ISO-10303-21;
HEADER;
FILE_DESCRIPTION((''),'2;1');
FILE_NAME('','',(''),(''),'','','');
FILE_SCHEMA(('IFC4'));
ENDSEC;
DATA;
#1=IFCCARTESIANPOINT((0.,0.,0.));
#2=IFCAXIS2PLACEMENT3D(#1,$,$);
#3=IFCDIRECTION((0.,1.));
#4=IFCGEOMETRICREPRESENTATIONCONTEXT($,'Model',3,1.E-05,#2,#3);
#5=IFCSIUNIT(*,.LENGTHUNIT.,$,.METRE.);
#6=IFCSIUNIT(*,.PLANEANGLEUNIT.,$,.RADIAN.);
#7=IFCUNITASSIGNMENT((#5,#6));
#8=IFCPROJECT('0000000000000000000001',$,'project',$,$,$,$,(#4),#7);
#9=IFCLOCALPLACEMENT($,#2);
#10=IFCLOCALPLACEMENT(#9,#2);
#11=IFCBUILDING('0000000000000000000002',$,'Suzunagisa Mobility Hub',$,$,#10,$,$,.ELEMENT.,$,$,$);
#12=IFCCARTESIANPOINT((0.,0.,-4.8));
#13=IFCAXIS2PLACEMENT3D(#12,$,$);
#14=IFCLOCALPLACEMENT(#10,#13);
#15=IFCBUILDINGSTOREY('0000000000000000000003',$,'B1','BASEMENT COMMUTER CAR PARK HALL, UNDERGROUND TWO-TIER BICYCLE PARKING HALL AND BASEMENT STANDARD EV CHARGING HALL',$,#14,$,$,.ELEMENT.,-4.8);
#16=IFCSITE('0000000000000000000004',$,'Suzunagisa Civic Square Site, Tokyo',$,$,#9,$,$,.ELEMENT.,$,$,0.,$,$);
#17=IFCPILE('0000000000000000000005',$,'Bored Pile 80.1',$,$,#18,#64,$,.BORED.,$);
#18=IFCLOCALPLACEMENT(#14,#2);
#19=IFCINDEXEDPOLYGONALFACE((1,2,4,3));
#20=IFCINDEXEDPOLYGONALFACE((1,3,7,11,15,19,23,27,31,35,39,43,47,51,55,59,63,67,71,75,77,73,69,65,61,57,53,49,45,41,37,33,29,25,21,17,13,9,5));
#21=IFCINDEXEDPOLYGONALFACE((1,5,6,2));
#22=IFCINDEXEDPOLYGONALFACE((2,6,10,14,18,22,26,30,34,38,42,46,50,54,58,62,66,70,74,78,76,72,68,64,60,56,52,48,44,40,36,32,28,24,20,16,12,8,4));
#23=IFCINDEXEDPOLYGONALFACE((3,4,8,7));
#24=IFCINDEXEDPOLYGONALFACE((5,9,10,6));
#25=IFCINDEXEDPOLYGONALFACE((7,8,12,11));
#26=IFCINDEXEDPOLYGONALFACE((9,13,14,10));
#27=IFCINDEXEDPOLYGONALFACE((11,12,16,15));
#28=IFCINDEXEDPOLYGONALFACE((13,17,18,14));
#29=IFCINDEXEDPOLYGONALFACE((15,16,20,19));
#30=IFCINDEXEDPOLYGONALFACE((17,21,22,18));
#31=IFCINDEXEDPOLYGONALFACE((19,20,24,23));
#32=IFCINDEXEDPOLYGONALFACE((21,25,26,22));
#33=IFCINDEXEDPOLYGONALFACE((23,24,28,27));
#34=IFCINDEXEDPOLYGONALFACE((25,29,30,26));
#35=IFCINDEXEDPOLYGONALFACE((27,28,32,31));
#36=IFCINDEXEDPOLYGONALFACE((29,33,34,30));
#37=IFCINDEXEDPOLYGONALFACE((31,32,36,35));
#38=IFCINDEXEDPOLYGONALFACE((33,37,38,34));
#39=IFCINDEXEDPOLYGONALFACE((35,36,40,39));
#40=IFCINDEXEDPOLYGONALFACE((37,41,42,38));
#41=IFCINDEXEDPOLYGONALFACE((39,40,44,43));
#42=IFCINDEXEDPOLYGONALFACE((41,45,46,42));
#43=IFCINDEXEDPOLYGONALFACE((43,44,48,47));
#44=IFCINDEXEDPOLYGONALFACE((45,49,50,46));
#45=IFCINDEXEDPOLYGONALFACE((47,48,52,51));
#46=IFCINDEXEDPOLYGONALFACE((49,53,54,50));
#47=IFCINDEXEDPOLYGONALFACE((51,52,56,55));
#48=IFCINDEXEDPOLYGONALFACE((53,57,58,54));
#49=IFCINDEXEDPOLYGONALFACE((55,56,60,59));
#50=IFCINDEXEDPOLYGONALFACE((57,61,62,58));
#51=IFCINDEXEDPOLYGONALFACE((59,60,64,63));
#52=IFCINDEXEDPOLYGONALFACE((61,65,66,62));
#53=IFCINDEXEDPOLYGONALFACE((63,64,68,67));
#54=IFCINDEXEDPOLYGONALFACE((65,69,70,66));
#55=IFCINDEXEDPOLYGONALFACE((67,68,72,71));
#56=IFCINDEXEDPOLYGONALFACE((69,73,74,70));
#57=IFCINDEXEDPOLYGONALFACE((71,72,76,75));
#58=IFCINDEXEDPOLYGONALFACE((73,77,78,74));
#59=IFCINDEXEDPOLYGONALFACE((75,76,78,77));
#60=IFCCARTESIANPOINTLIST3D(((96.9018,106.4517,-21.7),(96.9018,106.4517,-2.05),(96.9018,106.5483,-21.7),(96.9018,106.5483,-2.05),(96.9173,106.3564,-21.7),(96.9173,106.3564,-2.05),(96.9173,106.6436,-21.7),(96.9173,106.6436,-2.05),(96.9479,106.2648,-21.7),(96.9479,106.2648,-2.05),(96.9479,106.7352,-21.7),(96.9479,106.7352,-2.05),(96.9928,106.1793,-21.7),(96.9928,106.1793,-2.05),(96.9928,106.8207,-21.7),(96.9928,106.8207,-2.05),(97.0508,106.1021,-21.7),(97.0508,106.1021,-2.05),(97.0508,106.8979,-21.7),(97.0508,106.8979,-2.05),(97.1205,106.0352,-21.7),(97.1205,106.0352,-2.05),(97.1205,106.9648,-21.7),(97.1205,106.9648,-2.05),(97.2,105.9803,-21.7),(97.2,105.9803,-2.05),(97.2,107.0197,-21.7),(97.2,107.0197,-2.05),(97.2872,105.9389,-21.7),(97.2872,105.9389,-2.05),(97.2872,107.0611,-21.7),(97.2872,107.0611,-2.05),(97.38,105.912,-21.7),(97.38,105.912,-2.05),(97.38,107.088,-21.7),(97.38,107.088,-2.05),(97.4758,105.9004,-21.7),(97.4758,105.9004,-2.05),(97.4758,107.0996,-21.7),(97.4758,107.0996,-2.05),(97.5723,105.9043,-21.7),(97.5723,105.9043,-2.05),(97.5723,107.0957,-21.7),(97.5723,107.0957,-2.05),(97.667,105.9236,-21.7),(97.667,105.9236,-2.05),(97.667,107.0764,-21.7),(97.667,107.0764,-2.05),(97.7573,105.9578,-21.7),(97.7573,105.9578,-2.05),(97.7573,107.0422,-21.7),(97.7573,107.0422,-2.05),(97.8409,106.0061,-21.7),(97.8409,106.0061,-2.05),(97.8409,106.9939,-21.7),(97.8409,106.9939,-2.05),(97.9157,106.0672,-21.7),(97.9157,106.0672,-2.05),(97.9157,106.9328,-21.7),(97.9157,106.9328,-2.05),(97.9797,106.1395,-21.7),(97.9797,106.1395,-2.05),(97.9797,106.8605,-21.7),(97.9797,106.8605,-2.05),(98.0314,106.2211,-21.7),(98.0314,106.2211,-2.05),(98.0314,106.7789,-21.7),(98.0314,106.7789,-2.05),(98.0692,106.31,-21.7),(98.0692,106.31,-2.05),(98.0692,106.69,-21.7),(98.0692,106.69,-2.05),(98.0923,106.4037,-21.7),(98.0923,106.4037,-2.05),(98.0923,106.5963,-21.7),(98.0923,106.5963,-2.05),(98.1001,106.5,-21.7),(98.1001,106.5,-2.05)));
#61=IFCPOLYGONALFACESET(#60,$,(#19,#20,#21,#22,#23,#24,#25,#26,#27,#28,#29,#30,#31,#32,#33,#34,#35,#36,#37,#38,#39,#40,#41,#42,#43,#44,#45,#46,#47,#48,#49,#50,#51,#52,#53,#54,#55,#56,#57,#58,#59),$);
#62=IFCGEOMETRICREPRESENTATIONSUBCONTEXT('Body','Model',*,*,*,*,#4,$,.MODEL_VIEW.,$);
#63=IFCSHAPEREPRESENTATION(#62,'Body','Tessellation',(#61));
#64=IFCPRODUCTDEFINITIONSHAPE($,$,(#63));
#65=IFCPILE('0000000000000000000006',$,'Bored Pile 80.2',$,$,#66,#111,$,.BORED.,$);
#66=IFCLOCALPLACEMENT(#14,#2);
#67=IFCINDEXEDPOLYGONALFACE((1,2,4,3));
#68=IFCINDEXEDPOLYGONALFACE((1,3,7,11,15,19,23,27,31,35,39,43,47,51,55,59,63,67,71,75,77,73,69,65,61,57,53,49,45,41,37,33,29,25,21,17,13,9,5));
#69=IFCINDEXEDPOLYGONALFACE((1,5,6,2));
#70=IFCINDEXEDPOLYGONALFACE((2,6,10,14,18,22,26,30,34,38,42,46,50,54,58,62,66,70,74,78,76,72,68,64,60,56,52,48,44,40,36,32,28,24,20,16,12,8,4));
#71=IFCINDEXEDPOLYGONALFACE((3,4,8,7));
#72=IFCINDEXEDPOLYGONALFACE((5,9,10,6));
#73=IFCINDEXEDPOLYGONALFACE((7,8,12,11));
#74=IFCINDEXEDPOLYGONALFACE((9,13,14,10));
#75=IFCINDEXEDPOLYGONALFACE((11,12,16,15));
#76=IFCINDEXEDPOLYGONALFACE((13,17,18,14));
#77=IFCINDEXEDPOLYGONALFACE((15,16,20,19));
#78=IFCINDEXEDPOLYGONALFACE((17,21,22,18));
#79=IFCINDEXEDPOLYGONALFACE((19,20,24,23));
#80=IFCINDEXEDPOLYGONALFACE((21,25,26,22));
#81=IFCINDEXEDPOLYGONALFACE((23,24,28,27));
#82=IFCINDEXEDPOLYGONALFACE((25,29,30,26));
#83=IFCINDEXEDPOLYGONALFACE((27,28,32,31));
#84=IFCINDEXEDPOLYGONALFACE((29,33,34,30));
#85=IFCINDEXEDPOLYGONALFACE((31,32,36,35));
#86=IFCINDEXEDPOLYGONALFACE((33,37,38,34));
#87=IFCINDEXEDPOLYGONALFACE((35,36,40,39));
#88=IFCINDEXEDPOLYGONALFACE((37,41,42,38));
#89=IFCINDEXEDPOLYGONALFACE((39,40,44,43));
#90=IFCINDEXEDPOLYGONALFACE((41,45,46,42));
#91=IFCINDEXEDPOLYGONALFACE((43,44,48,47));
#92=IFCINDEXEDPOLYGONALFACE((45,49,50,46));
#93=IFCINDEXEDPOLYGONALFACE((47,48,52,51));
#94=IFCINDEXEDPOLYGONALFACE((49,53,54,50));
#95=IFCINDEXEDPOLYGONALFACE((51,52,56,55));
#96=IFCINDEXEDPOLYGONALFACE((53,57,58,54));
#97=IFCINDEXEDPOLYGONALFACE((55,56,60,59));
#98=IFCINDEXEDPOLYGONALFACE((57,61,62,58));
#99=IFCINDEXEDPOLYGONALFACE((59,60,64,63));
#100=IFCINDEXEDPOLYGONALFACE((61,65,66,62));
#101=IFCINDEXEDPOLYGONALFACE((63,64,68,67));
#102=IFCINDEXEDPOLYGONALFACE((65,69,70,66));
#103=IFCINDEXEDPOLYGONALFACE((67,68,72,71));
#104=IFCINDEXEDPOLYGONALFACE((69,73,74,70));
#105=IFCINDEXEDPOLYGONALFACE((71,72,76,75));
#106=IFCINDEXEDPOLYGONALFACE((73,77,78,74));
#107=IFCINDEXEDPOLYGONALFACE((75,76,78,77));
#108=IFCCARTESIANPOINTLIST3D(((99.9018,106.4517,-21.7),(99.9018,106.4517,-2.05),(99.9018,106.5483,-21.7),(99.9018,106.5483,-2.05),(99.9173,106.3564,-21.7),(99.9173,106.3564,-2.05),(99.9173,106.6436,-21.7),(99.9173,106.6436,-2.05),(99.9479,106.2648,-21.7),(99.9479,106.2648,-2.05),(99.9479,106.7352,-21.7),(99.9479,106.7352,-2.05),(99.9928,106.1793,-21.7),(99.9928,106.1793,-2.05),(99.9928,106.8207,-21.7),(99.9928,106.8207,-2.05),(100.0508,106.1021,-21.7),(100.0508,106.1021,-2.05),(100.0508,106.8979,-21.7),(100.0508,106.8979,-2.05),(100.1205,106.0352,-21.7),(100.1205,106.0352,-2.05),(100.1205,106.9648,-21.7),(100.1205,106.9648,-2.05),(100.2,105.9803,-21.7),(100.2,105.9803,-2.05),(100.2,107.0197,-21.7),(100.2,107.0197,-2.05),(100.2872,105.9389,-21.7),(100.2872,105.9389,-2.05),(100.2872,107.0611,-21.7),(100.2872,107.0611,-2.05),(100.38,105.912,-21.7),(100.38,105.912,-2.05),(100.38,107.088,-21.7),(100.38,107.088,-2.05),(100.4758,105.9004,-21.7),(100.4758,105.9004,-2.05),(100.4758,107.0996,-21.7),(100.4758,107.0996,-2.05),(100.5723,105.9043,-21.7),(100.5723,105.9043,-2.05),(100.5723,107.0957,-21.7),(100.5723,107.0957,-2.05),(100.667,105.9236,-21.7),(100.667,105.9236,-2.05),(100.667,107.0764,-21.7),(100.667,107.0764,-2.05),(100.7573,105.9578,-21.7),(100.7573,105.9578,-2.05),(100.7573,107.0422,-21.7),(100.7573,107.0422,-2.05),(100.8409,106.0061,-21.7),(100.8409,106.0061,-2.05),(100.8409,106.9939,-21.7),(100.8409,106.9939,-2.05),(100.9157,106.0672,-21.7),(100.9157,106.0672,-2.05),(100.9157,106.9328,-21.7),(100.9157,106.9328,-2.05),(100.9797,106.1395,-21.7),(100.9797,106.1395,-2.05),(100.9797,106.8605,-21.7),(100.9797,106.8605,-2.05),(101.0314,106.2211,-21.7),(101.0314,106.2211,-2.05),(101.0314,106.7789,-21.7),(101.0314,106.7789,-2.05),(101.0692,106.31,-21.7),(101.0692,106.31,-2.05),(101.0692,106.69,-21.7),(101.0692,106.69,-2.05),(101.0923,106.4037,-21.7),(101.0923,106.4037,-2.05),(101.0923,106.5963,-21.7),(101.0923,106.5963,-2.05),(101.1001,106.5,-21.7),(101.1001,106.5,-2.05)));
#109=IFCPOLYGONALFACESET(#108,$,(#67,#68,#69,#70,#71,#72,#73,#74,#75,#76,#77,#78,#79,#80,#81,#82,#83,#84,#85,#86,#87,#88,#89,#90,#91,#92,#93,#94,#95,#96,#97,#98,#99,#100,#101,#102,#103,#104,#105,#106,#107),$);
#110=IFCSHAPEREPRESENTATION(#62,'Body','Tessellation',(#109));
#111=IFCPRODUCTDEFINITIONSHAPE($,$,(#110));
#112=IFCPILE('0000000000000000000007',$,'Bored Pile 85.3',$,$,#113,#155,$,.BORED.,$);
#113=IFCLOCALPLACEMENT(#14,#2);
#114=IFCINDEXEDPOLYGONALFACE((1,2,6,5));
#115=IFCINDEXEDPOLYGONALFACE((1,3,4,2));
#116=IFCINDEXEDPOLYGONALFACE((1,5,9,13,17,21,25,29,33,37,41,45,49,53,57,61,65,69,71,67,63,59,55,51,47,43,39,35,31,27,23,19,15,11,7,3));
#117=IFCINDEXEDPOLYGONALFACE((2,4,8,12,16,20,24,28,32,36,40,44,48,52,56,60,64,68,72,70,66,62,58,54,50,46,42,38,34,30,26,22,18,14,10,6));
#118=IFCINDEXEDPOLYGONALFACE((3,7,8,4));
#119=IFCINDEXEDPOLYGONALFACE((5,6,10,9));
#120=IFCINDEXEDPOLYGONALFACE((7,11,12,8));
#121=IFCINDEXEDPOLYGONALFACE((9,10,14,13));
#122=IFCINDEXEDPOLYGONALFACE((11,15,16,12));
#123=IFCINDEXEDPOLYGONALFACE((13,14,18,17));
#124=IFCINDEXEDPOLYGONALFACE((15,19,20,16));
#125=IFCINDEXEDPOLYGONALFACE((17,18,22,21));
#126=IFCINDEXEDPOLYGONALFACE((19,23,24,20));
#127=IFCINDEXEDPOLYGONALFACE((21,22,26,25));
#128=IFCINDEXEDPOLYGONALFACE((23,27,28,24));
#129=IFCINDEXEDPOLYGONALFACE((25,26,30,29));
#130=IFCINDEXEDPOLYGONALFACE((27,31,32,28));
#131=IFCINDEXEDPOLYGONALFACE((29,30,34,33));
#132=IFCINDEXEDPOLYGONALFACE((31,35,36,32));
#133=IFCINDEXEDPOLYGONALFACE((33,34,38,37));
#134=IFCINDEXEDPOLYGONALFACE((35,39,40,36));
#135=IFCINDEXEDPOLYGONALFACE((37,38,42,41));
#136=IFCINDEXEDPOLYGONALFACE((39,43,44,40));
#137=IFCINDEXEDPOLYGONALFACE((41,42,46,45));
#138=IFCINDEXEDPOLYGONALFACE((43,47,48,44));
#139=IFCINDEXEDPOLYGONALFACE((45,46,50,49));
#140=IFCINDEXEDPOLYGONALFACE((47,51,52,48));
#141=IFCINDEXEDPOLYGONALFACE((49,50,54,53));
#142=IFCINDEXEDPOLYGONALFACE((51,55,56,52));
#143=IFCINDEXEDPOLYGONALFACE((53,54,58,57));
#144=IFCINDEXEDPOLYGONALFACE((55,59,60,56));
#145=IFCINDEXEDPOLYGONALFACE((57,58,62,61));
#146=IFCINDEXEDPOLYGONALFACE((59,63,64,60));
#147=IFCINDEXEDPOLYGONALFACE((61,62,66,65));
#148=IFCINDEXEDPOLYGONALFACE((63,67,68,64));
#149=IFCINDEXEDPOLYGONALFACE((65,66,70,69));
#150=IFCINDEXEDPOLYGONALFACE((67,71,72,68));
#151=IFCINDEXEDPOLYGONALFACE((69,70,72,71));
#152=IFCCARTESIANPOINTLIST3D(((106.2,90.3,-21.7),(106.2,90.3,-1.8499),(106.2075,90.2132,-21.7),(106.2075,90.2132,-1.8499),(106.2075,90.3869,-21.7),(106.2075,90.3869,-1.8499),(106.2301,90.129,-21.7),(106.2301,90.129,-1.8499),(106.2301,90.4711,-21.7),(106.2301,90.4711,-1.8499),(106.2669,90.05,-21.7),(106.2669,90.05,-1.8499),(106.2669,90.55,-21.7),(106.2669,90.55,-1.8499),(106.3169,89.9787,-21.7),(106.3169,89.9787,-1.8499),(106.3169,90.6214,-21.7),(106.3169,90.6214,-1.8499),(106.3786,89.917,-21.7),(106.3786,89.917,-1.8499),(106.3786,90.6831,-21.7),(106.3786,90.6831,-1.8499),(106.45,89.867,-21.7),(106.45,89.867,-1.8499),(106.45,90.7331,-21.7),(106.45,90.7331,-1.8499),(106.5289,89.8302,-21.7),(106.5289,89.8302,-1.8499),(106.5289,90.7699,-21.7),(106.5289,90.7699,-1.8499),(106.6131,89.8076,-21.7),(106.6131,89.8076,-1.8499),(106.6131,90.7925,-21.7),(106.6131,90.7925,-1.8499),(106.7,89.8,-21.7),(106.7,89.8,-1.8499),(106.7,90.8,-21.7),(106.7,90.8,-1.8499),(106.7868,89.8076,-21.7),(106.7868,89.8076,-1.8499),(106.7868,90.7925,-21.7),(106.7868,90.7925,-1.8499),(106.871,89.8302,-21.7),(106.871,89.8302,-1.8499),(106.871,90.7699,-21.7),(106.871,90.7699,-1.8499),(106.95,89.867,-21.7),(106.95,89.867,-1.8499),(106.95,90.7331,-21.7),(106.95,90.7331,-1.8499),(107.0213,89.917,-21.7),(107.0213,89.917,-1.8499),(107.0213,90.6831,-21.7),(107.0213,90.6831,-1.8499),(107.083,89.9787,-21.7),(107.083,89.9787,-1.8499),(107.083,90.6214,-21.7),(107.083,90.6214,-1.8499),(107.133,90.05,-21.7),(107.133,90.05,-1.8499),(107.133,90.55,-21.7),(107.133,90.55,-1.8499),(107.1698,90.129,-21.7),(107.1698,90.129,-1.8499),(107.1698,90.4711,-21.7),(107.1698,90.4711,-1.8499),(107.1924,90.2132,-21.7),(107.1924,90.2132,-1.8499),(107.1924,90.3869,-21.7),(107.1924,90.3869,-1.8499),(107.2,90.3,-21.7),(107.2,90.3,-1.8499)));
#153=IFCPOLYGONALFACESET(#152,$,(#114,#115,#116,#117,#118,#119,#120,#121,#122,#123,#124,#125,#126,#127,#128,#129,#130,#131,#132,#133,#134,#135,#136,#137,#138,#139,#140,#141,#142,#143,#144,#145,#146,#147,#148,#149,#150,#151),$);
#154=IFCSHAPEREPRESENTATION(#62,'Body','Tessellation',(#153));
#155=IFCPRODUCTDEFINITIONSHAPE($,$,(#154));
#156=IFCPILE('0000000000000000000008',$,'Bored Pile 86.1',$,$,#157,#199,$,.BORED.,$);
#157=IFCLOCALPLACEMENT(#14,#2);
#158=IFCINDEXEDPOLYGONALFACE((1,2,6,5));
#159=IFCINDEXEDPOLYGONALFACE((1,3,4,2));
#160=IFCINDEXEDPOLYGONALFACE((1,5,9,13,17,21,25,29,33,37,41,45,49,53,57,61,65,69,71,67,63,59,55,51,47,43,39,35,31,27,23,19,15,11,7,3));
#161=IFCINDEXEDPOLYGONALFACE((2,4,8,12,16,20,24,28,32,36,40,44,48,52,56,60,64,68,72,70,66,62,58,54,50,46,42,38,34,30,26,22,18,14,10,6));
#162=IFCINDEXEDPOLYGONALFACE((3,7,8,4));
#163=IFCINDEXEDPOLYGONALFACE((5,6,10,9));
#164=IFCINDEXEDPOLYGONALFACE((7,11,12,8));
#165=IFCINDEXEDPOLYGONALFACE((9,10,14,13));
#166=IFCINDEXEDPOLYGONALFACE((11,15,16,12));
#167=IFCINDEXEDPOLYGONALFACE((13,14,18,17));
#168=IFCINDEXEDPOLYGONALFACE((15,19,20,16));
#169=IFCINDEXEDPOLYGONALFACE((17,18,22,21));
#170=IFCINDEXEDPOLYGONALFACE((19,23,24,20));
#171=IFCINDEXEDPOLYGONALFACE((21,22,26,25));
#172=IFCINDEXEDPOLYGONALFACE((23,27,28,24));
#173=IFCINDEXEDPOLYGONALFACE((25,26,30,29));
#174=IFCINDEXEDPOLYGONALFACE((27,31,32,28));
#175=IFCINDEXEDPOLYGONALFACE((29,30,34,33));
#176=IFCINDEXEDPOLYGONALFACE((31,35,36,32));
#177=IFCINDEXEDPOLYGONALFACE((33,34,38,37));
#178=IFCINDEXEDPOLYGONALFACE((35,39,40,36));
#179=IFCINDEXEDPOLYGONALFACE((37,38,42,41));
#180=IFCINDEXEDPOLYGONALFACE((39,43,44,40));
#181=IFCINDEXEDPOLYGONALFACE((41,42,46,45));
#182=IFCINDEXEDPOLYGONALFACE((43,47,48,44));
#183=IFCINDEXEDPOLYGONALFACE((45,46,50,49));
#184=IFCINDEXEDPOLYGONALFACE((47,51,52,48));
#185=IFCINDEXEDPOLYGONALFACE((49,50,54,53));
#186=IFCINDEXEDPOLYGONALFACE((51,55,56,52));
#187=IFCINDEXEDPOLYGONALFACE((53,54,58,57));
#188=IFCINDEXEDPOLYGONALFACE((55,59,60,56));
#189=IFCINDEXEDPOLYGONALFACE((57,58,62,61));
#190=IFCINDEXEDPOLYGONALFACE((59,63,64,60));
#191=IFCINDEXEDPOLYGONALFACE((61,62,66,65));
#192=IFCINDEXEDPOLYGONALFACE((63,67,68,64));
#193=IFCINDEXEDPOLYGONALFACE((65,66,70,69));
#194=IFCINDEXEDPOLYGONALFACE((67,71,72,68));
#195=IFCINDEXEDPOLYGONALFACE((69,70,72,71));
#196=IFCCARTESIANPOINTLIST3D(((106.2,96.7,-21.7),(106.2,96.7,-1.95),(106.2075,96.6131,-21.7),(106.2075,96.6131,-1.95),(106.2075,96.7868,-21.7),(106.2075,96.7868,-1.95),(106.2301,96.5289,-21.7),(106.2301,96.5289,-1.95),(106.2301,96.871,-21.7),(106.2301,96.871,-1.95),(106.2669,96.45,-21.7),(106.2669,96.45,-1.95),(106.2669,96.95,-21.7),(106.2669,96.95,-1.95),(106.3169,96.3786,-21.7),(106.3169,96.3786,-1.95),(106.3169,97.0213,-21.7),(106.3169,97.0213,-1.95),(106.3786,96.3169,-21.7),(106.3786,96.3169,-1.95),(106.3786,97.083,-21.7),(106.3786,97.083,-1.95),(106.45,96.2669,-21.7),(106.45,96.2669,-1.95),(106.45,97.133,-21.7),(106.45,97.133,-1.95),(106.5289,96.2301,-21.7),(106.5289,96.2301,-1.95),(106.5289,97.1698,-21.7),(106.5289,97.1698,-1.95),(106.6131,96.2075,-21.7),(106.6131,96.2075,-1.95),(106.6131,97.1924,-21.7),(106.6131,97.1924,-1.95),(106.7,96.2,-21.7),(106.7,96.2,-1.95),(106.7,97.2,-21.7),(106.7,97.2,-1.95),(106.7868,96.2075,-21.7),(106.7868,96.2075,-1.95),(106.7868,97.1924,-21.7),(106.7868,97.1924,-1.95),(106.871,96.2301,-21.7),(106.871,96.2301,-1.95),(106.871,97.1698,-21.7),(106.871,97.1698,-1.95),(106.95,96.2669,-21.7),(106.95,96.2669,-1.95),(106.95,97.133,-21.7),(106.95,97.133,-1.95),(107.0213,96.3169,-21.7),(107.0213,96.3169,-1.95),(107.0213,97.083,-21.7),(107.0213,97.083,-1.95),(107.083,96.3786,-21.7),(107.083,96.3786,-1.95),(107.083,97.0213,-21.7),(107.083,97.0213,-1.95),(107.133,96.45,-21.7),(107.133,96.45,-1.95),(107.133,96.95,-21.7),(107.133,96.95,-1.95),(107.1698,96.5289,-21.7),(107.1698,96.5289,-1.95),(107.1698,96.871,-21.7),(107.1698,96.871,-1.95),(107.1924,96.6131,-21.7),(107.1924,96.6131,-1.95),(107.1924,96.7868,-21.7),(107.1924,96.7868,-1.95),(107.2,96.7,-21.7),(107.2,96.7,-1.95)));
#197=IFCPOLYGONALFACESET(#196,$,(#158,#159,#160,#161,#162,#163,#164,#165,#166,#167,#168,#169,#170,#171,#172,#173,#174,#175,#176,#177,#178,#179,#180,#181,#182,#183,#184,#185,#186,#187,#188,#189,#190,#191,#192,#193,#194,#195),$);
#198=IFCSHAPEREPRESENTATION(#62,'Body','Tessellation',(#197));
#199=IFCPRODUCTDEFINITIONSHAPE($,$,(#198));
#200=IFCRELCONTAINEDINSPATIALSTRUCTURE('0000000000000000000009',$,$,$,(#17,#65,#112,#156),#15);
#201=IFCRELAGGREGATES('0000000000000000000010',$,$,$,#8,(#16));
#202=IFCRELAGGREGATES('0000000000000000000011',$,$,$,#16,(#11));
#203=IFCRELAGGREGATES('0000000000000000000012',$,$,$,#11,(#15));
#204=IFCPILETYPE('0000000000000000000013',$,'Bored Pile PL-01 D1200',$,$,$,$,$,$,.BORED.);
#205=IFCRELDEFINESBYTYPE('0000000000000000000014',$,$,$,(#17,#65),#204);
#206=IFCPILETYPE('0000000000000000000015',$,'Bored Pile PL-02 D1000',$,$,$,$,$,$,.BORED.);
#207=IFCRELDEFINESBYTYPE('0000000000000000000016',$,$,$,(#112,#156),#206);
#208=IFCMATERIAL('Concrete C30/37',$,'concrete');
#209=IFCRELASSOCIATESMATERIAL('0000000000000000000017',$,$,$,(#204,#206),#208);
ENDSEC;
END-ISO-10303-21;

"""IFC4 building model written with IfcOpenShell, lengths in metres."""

from ifc_helpers import new_model, si_unit, direction, frame, origin, origin_2d, place, context, subcontext, project, spatial, circle, extrude, material, material_profile, profile_set, type_object, element, save


model = new_model("IFC4")

# Units and contexts
model_context = context("Model", 3, precision=1e-05, world=origin(), true_north=direction((0.0, 1.0)))
body_context = subcontext(model_context, "Body", "Model", "MODEL_VIEW")
ifc_project = project(units=[si_unit("LENGTHUNIT", "METRE"), si_unit("PLANEANGLEUNIT", "RADIAN")], contexts=[model_context])

# Site, building, storey
site_placement = place(None, origin())
site = spatial("IfcSite", under=ifc_project, at=site_placement, Name="Suzunagisa Civic Square Site, Tokyo", CompositionType="ELEMENT", RefElevation=0.0)
building_placement = place(site_placement, origin())
building = spatial("IfcBuilding", under=site, at=building_placement, Name="Suzunagisa Mobility Hub", CompositionType="ELEMENT")
storey_placement = place(building_placement, frame((0.0, 0.0, -4.8)))
storey = spatial("IfcBuildingStorey", under=building, at=storey_placement, Name="B1", Description="BASEMENT COMMUTER CAR PARK HALL, UNDERGROUND TWO-TIER BICYCLE PARKING HALL AND BASEMENT STANDARD EV CHARGING HALL", CompositionType="ELEMENT", Elevation=-4.8)

# Piles
ifc_material_1 = material(Name="Concrete C30/37", Category="concrete")
ifc_material_profile_1 = material_profile(ifc_material_1, circle(Radius=0.6001, at=origin_2d()), Name="BORED PILE D1200")
ifc_profile_set_1 = profile_set([ifc_material_profile_1], Name="Concrete C30/37")
pile_type_1 = type_object("IfcPileType", Name="Bored Pile PL-01 D1200", PredefinedType="BORED", material=ifc_profile_set_1)
for number, where, z_axis, x_axis, name in (
    (1, (97.5, 106.5, -2.05), (0.0, 0.0, -1.0), (1.0, 0.0, 0.0), "Bored Pile 80.1"),
    (2, (100.5, 106.5, -2.05), (0.0, 0.0, -1.0), (1.0, 0.0, 0.0), "Bored Pile 80.2"),
):
    element("IfcPile", number, at=place(storey_placement, frame(where, z_axis=z_axis, x_axis=x_axis)), inside=storey, type_object=pile_type_1, Name=name, PredefinedType="BORED", context=body_context, shape_type="SweptSolid", body=[
        extrude(circle(Radius=0.6001, at=origin_2d()), origin(), (0.0, 0.0, 1.0), 19.6499),
    ])
ifc_material_profile_2 = material_profile(ifc_material_1, circle(Radius=0.5, at=origin_2d()), Name="BORED PILE D1000")
ifc_profile_set_2 = profile_set([ifc_material_profile_2], Name="Concrete C30/37")
pile_type_2 = type_object("IfcPileType", Name="Bored Pile PL-02 D1000", PredefinedType="BORED", material=ifc_profile_set_2)
pile_1_placement = place(storey_placement, frame((106.7, 90.3, -1.8499), z_axis=(0.0, 0.0, -1.0), x_axis=(1.0, 0.0, 0.0)))
element("IfcPile", 3, at=pile_1_placement, inside=storey, type_object=pile_type_2, Name="Bored Pile 85.3", PredefinedType="BORED", context=body_context, shape_type="SweptSolid", body=[
    extrude(circle(Radius=0.5, at=origin_2d()), origin(), (0.0, 0.0, 1.0), 19.8501),
])
for number, where, z_axis, x_axis, name in (
    (4, (106.7, 96.7, -1.95), (0.0, 0.0, -1.0), (1.0, 0.0, 0.0), "Bored Pile 86.1"),
):
    element("IfcPile", number, at=place(storey_placement, frame(where, z_axis=z_axis, x_axis=x_axis)), inside=storey, type_object=pile_type_2, Name=name, PredefinedType="BORED", context=body_context, shape_type="SweptSolid", body=[
        extrude(circle(Radius=0.5, at=origin_2d()), origin(), (0.0, 0.0, 1.0), 19.75),
    ])

save(model, "model.ifc")
